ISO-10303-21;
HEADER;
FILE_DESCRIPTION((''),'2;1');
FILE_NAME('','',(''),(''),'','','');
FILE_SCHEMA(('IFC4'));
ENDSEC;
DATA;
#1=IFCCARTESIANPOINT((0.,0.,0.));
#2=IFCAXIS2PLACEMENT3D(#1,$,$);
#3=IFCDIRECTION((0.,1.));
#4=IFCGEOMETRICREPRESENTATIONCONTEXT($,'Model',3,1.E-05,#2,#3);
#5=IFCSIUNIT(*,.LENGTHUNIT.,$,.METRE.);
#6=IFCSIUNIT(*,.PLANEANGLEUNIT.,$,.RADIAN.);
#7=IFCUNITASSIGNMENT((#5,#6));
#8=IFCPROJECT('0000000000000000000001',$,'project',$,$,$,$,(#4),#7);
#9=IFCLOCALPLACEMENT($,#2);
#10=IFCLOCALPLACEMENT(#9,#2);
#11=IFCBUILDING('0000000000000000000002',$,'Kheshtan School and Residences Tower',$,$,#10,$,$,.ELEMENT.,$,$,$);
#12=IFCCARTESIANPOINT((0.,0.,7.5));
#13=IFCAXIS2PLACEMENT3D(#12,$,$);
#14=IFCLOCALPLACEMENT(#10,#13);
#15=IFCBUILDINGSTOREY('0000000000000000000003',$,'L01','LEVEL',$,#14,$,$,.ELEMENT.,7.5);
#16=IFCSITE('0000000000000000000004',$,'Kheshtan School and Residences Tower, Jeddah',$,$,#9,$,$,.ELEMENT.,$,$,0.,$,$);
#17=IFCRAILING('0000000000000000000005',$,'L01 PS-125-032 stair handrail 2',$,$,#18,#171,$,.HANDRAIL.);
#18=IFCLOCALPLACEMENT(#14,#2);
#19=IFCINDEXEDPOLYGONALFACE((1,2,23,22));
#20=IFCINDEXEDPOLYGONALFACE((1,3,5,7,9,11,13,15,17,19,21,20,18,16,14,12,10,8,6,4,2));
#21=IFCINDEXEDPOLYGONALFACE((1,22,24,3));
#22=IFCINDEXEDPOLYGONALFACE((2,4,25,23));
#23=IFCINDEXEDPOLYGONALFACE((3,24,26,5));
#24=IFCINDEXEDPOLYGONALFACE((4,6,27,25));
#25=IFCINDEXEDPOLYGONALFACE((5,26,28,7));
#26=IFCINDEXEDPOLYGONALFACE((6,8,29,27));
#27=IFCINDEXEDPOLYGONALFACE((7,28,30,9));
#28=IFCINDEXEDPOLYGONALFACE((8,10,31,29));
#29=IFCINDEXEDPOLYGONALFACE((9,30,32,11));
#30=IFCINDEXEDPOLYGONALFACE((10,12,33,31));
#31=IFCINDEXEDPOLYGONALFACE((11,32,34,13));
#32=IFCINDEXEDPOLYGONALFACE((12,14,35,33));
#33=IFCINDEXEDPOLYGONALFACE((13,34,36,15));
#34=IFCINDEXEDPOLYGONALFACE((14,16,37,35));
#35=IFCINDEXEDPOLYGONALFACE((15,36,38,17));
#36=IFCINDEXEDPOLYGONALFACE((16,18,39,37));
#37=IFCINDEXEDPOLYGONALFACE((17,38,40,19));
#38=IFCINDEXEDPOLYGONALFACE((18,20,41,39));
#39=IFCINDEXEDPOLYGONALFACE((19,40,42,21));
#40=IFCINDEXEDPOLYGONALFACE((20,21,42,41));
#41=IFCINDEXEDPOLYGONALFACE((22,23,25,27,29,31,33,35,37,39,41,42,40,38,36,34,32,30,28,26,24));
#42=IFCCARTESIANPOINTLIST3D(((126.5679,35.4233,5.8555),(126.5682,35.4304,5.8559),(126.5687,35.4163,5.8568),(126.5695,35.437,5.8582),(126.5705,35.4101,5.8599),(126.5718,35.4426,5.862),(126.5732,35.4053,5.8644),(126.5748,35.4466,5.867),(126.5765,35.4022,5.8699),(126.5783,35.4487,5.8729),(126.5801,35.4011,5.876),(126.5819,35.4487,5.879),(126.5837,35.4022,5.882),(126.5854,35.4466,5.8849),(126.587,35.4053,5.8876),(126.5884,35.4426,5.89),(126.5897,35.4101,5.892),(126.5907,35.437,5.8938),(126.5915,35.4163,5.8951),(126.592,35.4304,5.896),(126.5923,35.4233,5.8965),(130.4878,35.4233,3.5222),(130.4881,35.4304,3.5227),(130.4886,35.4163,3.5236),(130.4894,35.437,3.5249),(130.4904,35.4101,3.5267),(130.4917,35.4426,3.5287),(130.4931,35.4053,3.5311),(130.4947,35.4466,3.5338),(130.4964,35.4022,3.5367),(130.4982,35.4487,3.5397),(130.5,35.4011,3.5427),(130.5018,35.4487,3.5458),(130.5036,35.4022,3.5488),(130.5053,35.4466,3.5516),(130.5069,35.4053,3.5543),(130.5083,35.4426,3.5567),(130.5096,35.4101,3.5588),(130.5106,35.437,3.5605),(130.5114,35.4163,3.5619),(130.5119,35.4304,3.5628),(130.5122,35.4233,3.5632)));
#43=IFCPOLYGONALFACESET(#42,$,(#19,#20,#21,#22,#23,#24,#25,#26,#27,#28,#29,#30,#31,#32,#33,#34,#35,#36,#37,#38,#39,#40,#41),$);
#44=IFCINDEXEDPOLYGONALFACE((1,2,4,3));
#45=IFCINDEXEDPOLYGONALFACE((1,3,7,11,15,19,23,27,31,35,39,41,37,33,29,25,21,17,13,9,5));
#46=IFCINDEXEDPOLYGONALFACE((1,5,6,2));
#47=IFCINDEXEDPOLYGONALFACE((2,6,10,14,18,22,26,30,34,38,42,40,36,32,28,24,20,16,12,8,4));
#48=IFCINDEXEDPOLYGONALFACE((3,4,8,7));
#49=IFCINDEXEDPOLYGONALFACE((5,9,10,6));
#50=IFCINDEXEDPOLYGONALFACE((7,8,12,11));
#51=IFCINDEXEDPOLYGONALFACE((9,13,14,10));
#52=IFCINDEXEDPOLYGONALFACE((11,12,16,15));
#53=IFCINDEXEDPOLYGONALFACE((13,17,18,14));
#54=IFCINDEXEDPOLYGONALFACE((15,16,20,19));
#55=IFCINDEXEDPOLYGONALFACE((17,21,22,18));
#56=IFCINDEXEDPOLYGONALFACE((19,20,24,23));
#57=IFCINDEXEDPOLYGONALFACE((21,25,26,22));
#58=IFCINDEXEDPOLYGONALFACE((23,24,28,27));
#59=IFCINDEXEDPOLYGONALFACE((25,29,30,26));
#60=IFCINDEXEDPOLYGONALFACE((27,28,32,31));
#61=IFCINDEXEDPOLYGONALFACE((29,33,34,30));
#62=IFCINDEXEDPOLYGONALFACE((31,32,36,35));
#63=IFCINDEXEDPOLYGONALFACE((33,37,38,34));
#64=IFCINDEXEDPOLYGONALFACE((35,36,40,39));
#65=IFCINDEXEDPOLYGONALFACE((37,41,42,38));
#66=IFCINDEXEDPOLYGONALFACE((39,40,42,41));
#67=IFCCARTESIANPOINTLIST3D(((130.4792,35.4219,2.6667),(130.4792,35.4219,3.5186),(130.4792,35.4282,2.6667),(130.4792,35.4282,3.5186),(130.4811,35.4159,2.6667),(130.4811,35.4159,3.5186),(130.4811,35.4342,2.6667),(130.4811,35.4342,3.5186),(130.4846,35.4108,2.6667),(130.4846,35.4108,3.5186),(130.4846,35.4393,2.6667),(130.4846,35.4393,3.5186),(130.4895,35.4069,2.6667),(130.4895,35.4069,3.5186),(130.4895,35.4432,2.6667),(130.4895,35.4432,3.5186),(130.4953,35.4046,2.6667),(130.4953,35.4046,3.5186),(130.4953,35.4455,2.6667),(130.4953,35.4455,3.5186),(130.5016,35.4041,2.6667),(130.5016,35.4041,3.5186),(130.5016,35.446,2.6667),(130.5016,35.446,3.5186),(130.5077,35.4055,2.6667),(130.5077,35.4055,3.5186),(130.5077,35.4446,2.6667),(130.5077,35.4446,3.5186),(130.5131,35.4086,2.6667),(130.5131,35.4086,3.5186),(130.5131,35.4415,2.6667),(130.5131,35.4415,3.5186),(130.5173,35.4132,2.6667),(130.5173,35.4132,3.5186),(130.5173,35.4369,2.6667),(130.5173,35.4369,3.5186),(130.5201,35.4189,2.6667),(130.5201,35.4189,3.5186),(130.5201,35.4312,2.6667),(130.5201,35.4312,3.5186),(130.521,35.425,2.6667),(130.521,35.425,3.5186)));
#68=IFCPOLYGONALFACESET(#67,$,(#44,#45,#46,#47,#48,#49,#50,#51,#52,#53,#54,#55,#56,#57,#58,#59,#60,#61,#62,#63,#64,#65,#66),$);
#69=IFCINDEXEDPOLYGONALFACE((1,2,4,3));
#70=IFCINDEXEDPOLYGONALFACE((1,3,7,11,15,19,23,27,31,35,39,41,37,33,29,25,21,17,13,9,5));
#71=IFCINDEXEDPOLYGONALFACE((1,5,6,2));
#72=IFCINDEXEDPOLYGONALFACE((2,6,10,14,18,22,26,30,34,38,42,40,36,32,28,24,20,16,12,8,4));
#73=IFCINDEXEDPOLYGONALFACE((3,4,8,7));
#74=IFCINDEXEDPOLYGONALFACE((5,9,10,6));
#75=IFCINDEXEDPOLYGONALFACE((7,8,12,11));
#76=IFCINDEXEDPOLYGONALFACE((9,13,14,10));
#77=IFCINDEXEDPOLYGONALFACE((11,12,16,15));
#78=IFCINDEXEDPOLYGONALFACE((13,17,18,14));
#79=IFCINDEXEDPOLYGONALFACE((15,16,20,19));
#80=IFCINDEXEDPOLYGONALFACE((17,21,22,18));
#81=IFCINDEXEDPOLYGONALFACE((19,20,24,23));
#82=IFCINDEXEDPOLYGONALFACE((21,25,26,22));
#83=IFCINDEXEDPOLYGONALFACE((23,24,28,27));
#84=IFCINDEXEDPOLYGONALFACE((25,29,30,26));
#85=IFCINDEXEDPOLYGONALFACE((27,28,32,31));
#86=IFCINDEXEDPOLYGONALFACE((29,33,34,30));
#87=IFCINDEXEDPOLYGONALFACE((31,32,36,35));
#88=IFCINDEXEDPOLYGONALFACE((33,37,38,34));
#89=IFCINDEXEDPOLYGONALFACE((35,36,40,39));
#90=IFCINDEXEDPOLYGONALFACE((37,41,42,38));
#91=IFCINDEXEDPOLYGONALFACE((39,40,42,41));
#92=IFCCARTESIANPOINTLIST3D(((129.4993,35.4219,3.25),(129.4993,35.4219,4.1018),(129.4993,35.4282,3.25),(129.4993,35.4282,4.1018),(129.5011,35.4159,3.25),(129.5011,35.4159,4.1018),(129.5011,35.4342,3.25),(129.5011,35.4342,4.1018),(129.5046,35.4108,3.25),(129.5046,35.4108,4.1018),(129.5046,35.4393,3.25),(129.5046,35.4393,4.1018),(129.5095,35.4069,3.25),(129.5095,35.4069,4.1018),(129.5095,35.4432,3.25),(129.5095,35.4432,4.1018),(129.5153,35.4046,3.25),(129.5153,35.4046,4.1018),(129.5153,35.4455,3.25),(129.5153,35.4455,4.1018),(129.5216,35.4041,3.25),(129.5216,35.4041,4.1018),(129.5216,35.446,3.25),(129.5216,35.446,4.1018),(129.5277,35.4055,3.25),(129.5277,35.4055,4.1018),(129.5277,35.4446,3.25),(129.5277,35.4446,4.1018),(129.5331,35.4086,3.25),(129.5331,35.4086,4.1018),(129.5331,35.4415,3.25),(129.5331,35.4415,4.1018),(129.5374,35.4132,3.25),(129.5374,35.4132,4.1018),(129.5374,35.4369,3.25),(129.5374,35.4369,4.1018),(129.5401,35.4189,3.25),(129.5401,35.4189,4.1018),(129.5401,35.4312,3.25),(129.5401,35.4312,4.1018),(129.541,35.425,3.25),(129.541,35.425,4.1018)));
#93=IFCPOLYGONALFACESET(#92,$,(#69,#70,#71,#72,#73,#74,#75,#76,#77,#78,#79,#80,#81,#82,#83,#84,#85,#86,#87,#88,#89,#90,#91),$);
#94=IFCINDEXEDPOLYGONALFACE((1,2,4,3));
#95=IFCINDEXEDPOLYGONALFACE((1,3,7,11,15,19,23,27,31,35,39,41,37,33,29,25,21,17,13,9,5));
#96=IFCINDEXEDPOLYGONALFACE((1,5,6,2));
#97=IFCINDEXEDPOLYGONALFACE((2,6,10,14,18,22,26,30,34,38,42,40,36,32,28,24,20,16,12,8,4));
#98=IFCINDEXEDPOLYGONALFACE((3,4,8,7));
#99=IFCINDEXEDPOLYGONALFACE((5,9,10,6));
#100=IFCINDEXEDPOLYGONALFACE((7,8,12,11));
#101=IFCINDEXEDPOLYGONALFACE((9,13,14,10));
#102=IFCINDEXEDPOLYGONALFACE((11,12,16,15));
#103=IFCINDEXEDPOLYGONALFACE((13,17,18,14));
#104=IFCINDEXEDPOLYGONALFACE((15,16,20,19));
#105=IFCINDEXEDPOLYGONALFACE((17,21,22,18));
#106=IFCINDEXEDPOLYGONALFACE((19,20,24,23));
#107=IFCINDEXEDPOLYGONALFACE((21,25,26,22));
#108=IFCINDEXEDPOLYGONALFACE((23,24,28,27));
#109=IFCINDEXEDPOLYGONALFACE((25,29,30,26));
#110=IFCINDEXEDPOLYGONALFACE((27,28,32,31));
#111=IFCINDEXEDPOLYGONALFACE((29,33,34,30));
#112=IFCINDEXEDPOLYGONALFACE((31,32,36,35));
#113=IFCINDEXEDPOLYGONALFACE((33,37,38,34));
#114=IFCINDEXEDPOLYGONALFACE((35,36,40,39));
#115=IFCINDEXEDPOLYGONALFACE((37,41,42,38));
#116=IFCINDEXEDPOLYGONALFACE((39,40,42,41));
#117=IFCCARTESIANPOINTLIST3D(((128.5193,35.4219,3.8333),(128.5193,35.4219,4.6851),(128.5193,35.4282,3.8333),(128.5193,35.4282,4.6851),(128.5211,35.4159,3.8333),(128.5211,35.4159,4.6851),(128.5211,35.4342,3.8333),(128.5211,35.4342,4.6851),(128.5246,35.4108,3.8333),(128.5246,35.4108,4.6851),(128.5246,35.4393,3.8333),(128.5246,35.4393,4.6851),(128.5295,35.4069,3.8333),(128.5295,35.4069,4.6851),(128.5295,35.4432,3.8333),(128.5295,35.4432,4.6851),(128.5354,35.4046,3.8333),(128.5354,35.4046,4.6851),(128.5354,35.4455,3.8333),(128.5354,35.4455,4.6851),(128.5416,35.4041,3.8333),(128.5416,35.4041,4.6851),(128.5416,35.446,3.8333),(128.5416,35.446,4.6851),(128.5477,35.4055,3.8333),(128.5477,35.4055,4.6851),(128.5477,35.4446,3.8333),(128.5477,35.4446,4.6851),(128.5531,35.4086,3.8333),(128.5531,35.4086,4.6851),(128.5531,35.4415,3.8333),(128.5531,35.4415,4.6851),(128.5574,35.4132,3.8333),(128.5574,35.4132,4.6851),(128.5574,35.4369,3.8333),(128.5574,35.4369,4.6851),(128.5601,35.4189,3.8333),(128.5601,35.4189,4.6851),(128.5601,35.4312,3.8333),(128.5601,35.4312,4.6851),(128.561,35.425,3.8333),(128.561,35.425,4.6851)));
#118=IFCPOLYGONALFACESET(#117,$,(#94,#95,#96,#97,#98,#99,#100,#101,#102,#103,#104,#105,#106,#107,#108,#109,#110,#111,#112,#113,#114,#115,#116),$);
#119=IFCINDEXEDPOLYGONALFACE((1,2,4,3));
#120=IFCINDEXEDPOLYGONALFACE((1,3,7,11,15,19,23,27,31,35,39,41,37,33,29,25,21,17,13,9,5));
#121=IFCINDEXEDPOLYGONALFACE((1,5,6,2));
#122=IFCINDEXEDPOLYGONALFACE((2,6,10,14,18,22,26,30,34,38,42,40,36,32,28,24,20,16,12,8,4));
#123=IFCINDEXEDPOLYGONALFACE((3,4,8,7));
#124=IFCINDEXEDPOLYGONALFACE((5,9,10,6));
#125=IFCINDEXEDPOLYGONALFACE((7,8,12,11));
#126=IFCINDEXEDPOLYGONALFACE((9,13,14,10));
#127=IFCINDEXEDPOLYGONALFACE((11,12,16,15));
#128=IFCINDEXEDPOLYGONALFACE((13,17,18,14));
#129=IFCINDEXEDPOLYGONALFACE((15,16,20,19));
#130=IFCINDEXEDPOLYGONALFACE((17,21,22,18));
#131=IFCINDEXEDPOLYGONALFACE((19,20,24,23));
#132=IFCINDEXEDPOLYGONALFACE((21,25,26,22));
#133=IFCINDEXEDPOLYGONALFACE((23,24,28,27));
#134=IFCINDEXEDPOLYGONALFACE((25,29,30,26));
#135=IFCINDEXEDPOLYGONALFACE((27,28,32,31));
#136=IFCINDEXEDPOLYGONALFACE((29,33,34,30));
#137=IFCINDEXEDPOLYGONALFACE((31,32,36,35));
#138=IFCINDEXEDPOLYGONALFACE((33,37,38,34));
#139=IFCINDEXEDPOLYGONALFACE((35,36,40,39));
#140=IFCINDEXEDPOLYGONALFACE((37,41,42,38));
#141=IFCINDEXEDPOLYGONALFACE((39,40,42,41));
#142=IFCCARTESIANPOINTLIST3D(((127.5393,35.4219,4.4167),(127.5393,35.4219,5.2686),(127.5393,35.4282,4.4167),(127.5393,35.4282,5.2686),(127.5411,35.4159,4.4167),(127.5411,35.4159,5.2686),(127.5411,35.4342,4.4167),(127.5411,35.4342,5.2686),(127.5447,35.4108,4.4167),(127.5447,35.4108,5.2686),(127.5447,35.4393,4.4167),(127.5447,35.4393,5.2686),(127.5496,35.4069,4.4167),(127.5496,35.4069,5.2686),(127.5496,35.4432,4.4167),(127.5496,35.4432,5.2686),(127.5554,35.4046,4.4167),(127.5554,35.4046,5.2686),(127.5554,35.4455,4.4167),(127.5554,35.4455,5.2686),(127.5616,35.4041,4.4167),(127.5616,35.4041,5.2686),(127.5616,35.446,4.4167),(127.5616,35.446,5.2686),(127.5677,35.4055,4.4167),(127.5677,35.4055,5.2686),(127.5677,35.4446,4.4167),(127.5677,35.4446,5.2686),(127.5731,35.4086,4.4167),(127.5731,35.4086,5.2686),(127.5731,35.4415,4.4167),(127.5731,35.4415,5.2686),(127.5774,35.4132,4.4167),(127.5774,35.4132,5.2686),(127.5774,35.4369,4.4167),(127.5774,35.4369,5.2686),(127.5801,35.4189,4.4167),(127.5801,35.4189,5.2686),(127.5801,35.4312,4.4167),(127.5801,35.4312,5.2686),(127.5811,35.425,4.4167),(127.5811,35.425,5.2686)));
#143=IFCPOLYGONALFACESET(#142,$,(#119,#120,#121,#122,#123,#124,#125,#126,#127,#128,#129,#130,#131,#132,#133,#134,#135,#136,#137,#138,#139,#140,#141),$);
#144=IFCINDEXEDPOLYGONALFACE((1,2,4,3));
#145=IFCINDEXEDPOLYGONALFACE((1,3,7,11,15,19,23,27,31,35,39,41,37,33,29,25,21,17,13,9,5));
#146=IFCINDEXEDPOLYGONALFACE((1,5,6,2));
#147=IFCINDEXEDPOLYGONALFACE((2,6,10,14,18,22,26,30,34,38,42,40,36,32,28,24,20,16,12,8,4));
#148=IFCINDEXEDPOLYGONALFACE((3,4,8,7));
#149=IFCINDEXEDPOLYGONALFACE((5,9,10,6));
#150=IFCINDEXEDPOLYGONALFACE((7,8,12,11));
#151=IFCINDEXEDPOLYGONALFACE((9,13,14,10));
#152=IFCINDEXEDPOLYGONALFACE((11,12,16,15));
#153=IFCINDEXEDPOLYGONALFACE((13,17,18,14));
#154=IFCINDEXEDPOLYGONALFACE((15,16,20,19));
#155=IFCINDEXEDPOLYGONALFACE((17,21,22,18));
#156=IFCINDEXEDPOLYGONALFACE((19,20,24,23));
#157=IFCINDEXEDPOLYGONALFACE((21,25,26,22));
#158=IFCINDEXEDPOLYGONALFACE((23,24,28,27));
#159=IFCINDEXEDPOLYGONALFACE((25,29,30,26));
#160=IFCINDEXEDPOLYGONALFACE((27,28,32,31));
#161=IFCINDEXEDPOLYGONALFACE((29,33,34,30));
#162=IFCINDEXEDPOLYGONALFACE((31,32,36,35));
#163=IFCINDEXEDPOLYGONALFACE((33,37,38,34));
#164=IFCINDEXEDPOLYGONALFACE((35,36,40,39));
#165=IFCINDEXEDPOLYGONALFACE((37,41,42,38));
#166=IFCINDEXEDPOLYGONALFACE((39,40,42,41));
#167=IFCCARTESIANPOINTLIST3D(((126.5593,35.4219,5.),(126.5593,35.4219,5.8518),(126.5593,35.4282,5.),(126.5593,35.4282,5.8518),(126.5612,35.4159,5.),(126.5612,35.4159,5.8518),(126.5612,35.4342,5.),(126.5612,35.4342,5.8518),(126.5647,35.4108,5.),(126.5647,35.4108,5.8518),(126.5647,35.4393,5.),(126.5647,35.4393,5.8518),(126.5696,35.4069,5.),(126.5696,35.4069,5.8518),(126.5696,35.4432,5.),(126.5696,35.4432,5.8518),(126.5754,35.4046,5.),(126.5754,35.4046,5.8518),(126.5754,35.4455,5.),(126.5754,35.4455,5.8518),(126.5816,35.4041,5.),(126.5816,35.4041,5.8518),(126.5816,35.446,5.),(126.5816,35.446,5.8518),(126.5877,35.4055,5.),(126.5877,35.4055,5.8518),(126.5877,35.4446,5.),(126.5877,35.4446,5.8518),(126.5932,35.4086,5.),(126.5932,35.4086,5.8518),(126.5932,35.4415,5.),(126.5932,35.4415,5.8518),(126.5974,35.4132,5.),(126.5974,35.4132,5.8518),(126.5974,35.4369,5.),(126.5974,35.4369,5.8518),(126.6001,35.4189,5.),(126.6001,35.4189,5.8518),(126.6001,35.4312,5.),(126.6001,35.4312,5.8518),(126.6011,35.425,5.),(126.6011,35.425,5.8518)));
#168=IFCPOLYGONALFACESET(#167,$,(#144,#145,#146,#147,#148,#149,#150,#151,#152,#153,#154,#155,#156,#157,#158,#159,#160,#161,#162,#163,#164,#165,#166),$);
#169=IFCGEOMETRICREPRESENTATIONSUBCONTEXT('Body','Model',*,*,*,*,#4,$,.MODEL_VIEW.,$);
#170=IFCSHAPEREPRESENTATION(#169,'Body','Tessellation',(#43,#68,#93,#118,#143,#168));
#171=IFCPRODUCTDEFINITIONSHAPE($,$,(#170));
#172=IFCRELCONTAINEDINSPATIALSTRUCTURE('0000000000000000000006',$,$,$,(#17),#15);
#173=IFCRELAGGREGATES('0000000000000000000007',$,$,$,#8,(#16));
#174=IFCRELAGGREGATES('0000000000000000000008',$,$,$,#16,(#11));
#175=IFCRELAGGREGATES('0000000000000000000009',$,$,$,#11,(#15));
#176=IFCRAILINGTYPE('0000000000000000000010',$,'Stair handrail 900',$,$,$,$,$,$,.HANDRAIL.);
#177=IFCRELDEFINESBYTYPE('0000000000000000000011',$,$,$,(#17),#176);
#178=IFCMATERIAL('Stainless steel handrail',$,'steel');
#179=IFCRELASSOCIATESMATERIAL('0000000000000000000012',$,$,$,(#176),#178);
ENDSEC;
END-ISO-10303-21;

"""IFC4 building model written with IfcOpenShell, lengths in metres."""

from ifc_helpers import new_model, si_unit, direction, frame, origin, origin_2d, place, context, subcontext, project, spatial, circle, extrude, material, type_object, element, save


model = new_model("IFC4")

# Units and contexts
model_context = context("Model", 3, precision=1e-05, world=origin(), true_north=direction((0.0, 1.0)))
body_context = subcontext(model_context, "Body", "Model", "MODEL_VIEW")
ifc_project = project(units=[si_unit("LENGTHUNIT", "METRE"), si_unit("PLANEANGLEUNIT", "RADIAN")], contexts=[model_context])

# Site, building, storey
site_placement = place(None, origin())
site = spatial("IfcSite", under=ifc_project, at=site_placement, Name="Kheshtan School and Residences Tower, Jeddah", CompositionType="ELEMENT", RefElevation=0.0)
building_placement = place(site_placement, origin())
building = spatial("IfcBuilding", under=site, at=building_placement, Name="Kheshtan School and Residences Tower", CompositionType="ELEMENT")
storey_placement = place(building_placement, frame((0.0, 0.0, 7.5)))
storey = spatial("IfcBuildingStorey", under=building, at=storey_placement, Name="L01", Description="LEVEL", CompositionType="ELEMENT", Elevation=7.5)

# Railing
ifc_material_1 = material(Name="Stainless steel handrail", Category="steel")
railing_type_1 = type_object("IfcRailingType", Name="Stair handrail 900", PredefinedType="HANDRAIL", material=ifc_material_1)
railing_1_placement = place(storey_placement, frame((130.5, 35.425, 2.6667)))
element("IfcRailing", 1, at=railing_1_placement, inside=storey, type_object=railing_type_1, Name="L01 PS-125-032 stair handrail 2", PredefinedType="HANDRAIL", context=body_context, shape_type="SweptSolid", body=[
    extrude(circle(Radius=0.0239, at=origin_2d()), frame((0.0, 0.0, 0.876), z_axis=(-0.859296, 0.0, 0.511478), x_axis=(0.0, -1.0, 0.0)), (0.0, 0.0, 1.0), 4.5618),
    extrude(circle(Radius=0.021, at=origin_2d()), origin(), (0.0, 0.0, 1.0), 0.8518),
    extrude(circle(Radius=0.021, at=origin_2d()), frame((-0.98, 0.0, 0.5833)), (0.0, 0.0, 1.0), 0.8518),
    extrude(circle(Radius=0.021, at=origin_2d()), frame((-1.96, 0.0, 1.1665)), (0.0, 0.0, 1.0), 0.8518),
    extrude(circle(Radius=0.021, at=origin_2d()), frame((-2.9399, 0.0, 1.75)), (0.0, 0.0, 1.0), 0.8518),
    extrude(circle(Radius=0.021, at=origin_2d()), frame((-3.9199, 0.0, 2.3333)), (0.0, 0.0, 1.0), 0.8518),
])

save(model, "model.ifc")
